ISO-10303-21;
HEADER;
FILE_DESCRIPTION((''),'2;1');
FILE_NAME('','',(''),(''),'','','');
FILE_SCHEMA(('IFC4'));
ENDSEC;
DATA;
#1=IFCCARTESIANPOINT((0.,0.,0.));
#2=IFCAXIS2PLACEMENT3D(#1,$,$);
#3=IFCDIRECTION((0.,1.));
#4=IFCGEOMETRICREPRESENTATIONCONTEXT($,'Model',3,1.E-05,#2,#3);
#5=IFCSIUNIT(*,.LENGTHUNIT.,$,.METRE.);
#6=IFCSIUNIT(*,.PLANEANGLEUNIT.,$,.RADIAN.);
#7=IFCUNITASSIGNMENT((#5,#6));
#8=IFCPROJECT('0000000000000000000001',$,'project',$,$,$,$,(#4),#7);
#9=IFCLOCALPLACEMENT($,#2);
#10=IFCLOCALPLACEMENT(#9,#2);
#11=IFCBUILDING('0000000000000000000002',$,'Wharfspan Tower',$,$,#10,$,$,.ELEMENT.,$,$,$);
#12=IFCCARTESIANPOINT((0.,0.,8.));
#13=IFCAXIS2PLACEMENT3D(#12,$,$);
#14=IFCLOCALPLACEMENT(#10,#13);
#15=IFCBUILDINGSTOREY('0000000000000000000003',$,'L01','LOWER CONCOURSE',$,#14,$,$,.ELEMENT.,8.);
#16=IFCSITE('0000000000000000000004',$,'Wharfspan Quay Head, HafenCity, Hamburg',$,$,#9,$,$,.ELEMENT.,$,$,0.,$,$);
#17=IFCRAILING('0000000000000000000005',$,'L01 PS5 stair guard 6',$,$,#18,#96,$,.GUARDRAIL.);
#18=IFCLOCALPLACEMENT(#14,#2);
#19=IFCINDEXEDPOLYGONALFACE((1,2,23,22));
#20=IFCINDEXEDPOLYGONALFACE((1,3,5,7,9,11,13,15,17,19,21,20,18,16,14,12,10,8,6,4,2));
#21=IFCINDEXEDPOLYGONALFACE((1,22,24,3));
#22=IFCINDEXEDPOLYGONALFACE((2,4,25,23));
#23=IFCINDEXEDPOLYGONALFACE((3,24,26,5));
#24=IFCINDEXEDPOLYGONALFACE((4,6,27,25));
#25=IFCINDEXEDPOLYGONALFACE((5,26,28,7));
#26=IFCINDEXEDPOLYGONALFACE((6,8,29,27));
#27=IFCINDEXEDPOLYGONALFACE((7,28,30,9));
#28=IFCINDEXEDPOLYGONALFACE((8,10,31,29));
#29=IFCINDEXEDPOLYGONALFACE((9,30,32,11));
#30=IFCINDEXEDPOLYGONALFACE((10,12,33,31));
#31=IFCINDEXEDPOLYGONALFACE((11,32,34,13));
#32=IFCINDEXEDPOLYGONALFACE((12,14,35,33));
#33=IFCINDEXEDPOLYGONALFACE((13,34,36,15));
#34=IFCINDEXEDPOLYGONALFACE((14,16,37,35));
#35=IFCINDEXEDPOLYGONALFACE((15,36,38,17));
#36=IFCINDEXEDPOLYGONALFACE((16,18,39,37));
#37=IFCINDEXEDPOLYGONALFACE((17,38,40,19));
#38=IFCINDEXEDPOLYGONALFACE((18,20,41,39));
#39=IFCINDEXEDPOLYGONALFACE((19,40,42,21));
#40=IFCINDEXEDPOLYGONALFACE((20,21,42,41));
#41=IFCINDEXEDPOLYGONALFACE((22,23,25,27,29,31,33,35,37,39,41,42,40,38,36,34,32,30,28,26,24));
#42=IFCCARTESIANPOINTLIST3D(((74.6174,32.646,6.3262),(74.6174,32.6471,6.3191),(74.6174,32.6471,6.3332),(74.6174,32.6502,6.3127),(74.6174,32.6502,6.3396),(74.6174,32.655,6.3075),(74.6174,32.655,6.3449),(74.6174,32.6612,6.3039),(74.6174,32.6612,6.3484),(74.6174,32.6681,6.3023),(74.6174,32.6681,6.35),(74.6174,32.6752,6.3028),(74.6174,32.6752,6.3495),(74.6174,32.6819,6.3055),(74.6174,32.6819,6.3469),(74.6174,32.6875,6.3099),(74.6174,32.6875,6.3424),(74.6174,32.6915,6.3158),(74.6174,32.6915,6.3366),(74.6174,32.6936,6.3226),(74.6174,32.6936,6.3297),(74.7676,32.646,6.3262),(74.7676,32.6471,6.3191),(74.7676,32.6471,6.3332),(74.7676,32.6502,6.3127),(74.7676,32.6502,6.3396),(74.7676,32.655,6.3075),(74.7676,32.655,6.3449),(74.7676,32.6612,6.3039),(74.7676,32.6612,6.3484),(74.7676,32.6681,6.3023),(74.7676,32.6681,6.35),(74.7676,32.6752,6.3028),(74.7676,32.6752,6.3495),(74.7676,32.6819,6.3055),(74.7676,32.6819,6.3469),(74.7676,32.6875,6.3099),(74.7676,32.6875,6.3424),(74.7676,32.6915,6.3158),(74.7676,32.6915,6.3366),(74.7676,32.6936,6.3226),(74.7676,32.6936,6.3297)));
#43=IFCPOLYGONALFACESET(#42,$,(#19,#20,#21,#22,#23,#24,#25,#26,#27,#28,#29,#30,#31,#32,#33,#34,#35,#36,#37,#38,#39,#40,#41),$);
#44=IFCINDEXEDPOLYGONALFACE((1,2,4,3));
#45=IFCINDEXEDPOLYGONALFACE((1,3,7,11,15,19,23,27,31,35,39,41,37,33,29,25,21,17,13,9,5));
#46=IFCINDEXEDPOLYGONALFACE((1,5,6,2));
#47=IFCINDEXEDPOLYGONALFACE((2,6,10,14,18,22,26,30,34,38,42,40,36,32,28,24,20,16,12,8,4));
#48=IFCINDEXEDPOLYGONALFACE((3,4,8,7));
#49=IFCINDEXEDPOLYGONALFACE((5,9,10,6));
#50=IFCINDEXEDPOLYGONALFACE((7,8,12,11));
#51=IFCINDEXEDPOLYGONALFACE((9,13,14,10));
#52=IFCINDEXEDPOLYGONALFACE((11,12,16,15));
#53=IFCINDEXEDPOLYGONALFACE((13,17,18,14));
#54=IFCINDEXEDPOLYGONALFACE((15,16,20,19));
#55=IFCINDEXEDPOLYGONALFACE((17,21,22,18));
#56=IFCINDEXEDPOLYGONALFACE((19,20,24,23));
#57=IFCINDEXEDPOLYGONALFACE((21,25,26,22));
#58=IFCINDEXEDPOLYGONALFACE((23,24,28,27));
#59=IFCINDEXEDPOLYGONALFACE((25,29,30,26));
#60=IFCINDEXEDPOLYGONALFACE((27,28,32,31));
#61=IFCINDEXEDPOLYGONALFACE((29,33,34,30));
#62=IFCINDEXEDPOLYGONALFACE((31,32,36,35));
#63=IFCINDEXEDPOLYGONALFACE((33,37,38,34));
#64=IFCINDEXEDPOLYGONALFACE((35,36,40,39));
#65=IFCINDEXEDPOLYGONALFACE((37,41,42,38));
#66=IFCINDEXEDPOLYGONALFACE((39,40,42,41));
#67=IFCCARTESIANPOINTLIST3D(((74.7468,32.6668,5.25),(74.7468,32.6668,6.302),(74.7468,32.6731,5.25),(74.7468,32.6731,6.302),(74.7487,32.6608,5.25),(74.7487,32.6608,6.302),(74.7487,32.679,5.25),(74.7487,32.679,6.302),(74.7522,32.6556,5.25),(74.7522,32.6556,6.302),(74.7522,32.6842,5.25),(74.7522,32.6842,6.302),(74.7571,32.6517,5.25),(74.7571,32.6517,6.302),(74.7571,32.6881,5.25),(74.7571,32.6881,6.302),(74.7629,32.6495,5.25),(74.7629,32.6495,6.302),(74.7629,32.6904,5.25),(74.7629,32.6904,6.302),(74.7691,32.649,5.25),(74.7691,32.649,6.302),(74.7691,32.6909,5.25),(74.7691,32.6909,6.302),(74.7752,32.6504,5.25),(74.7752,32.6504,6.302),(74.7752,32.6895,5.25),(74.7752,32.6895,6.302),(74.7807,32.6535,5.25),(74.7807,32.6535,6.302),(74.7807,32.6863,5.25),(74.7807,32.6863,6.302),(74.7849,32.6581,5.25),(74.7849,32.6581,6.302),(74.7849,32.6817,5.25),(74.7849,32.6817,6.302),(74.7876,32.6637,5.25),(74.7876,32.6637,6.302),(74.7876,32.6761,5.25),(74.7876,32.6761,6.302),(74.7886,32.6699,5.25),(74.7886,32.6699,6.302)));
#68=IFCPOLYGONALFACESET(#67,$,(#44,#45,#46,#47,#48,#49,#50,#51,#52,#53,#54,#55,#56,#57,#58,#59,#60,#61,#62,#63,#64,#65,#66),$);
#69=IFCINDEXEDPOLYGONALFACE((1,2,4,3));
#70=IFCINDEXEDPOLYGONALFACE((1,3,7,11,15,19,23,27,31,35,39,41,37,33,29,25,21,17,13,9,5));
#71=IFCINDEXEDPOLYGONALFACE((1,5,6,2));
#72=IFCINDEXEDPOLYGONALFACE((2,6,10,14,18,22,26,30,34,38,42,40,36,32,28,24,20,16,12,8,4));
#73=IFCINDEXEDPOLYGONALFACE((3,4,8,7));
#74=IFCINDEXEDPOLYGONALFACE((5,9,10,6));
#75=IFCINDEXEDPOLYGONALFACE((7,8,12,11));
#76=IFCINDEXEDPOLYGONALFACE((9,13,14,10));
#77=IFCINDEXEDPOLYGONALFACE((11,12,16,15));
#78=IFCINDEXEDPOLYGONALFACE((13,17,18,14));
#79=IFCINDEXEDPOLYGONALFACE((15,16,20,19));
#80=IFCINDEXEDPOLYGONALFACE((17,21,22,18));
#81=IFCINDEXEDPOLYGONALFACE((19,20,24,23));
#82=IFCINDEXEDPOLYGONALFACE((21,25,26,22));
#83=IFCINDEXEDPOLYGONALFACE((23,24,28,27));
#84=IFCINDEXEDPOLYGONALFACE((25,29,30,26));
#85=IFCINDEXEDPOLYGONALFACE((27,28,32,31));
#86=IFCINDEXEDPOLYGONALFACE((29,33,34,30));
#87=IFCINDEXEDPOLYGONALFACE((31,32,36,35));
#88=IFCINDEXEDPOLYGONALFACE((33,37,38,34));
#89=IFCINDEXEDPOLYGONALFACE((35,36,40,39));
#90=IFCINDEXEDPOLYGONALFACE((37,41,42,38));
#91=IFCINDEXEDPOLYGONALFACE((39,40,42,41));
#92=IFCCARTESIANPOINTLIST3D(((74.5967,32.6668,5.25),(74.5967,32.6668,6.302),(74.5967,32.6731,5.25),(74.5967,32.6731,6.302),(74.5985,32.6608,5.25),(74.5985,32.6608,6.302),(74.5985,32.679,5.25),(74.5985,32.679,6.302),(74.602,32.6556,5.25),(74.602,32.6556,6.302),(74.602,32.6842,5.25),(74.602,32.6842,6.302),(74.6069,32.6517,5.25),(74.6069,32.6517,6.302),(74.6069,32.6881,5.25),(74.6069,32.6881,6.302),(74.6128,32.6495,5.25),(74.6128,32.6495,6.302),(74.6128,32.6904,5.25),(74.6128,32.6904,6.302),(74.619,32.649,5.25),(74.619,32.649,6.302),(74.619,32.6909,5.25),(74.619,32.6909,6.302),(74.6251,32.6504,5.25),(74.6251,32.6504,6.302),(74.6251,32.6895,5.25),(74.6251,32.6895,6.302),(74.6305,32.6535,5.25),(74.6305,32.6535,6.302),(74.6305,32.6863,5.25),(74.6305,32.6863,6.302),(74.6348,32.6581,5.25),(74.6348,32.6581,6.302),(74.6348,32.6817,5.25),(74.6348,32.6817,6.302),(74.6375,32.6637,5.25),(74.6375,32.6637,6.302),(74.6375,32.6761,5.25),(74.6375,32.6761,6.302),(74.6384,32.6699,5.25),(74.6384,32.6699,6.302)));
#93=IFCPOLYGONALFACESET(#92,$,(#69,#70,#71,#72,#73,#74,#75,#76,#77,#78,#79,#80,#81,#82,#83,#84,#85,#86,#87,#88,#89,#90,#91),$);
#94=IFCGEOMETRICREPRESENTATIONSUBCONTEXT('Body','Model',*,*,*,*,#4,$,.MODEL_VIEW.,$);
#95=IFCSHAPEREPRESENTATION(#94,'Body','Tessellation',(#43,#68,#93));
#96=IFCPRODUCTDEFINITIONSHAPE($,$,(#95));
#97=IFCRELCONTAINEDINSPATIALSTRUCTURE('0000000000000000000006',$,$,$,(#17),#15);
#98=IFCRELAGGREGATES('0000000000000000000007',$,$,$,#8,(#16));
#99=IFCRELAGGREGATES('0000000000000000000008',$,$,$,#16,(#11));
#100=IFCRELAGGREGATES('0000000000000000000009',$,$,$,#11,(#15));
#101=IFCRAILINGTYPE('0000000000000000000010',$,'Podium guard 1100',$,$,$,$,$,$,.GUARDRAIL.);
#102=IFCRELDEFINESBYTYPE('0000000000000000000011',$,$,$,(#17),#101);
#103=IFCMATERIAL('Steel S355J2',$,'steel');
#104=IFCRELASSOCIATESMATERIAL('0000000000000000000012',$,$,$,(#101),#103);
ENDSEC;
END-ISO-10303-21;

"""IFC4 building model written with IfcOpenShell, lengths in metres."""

from ifc_helpers import new_model, si_unit, direction, frame, origin, origin_2d, place, context, subcontext, project, spatial, circle, extrude, material, type_object, element, save


model = new_model("IFC4")

# Units and contexts
model_context = context("Model", 3, precision=1e-05, world=origin(), true_north=direction((0.0, 1.0)))
body_context = subcontext(model_context, "Body", "Model", "MODEL_VIEW")
ifc_project = project(units=[si_unit("LENGTHUNIT", "METRE"), si_unit("PLANEANGLEUNIT", "RADIAN")], contexts=[model_context])

# Site, building, storey
site_placement = place(None, origin())
site = spatial("IfcSite", under=ifc_project, at=site_placement, Name="Wharfspan Quay Head, HafenCity, Hamburg", CompositionType="ELEMENT", RefElevation=0.0)
building_placement = place(site_placement, origin())
building = spatial("IfcBuilding", under=site, at=building_placement, Name="Wharfspan Tower", CompositionType="ELEMENT")
storey_placement = place(building_placement, frame((0.0, 0.0, 8.0)))
storey = spatial("IfcBuildingStorey", under=building, at=storey_placement, Name="L01", Description="LOWER CONCOURSE", CompositionType="ELEMENT", Elevation=8.0)

# Railing
ifc_material_1 = material(Name="Steel S355J2", Category="steel")
railing_type_1 = type_object("IfcRailingType", Name="Podium guard 1100", PredefinedType="GUARDRAIL", material=ifc_material_1)
railing_placement = place(storey_placement, frame((74.7676, 32.6699, 5.25)))
element("IfcRailing", 1, at=railing_placement, inside=storey, type_object=railing_type_1, Name="L01 PS5 stair guard 6", PredefinedType="GUARDRAIL", context=body_context, shape_type="SweptSolid", body=[
    extrude(circle(Radius=0.0239, at=origin_2d()), frame((0.0, 0.0, 1.0762), z_axis=(-1.0, 0.0, 0.0), x_axis=(0.0, -1.0, 0.0)), (0.0, 0.0, 1.0), 0.1501),
    extrude(circle(Radius=0.021, at=origin_2d()), origin(), (0.0, 0.0, 1.0), 1.052),
    extrude(circle(Radius=0.021, at=origin_2d()), frame((-0.1501, 0.0, 0.0)), (0.0, 0.0, 1.0), 1.052),
])

save(model, "model.ifc")
